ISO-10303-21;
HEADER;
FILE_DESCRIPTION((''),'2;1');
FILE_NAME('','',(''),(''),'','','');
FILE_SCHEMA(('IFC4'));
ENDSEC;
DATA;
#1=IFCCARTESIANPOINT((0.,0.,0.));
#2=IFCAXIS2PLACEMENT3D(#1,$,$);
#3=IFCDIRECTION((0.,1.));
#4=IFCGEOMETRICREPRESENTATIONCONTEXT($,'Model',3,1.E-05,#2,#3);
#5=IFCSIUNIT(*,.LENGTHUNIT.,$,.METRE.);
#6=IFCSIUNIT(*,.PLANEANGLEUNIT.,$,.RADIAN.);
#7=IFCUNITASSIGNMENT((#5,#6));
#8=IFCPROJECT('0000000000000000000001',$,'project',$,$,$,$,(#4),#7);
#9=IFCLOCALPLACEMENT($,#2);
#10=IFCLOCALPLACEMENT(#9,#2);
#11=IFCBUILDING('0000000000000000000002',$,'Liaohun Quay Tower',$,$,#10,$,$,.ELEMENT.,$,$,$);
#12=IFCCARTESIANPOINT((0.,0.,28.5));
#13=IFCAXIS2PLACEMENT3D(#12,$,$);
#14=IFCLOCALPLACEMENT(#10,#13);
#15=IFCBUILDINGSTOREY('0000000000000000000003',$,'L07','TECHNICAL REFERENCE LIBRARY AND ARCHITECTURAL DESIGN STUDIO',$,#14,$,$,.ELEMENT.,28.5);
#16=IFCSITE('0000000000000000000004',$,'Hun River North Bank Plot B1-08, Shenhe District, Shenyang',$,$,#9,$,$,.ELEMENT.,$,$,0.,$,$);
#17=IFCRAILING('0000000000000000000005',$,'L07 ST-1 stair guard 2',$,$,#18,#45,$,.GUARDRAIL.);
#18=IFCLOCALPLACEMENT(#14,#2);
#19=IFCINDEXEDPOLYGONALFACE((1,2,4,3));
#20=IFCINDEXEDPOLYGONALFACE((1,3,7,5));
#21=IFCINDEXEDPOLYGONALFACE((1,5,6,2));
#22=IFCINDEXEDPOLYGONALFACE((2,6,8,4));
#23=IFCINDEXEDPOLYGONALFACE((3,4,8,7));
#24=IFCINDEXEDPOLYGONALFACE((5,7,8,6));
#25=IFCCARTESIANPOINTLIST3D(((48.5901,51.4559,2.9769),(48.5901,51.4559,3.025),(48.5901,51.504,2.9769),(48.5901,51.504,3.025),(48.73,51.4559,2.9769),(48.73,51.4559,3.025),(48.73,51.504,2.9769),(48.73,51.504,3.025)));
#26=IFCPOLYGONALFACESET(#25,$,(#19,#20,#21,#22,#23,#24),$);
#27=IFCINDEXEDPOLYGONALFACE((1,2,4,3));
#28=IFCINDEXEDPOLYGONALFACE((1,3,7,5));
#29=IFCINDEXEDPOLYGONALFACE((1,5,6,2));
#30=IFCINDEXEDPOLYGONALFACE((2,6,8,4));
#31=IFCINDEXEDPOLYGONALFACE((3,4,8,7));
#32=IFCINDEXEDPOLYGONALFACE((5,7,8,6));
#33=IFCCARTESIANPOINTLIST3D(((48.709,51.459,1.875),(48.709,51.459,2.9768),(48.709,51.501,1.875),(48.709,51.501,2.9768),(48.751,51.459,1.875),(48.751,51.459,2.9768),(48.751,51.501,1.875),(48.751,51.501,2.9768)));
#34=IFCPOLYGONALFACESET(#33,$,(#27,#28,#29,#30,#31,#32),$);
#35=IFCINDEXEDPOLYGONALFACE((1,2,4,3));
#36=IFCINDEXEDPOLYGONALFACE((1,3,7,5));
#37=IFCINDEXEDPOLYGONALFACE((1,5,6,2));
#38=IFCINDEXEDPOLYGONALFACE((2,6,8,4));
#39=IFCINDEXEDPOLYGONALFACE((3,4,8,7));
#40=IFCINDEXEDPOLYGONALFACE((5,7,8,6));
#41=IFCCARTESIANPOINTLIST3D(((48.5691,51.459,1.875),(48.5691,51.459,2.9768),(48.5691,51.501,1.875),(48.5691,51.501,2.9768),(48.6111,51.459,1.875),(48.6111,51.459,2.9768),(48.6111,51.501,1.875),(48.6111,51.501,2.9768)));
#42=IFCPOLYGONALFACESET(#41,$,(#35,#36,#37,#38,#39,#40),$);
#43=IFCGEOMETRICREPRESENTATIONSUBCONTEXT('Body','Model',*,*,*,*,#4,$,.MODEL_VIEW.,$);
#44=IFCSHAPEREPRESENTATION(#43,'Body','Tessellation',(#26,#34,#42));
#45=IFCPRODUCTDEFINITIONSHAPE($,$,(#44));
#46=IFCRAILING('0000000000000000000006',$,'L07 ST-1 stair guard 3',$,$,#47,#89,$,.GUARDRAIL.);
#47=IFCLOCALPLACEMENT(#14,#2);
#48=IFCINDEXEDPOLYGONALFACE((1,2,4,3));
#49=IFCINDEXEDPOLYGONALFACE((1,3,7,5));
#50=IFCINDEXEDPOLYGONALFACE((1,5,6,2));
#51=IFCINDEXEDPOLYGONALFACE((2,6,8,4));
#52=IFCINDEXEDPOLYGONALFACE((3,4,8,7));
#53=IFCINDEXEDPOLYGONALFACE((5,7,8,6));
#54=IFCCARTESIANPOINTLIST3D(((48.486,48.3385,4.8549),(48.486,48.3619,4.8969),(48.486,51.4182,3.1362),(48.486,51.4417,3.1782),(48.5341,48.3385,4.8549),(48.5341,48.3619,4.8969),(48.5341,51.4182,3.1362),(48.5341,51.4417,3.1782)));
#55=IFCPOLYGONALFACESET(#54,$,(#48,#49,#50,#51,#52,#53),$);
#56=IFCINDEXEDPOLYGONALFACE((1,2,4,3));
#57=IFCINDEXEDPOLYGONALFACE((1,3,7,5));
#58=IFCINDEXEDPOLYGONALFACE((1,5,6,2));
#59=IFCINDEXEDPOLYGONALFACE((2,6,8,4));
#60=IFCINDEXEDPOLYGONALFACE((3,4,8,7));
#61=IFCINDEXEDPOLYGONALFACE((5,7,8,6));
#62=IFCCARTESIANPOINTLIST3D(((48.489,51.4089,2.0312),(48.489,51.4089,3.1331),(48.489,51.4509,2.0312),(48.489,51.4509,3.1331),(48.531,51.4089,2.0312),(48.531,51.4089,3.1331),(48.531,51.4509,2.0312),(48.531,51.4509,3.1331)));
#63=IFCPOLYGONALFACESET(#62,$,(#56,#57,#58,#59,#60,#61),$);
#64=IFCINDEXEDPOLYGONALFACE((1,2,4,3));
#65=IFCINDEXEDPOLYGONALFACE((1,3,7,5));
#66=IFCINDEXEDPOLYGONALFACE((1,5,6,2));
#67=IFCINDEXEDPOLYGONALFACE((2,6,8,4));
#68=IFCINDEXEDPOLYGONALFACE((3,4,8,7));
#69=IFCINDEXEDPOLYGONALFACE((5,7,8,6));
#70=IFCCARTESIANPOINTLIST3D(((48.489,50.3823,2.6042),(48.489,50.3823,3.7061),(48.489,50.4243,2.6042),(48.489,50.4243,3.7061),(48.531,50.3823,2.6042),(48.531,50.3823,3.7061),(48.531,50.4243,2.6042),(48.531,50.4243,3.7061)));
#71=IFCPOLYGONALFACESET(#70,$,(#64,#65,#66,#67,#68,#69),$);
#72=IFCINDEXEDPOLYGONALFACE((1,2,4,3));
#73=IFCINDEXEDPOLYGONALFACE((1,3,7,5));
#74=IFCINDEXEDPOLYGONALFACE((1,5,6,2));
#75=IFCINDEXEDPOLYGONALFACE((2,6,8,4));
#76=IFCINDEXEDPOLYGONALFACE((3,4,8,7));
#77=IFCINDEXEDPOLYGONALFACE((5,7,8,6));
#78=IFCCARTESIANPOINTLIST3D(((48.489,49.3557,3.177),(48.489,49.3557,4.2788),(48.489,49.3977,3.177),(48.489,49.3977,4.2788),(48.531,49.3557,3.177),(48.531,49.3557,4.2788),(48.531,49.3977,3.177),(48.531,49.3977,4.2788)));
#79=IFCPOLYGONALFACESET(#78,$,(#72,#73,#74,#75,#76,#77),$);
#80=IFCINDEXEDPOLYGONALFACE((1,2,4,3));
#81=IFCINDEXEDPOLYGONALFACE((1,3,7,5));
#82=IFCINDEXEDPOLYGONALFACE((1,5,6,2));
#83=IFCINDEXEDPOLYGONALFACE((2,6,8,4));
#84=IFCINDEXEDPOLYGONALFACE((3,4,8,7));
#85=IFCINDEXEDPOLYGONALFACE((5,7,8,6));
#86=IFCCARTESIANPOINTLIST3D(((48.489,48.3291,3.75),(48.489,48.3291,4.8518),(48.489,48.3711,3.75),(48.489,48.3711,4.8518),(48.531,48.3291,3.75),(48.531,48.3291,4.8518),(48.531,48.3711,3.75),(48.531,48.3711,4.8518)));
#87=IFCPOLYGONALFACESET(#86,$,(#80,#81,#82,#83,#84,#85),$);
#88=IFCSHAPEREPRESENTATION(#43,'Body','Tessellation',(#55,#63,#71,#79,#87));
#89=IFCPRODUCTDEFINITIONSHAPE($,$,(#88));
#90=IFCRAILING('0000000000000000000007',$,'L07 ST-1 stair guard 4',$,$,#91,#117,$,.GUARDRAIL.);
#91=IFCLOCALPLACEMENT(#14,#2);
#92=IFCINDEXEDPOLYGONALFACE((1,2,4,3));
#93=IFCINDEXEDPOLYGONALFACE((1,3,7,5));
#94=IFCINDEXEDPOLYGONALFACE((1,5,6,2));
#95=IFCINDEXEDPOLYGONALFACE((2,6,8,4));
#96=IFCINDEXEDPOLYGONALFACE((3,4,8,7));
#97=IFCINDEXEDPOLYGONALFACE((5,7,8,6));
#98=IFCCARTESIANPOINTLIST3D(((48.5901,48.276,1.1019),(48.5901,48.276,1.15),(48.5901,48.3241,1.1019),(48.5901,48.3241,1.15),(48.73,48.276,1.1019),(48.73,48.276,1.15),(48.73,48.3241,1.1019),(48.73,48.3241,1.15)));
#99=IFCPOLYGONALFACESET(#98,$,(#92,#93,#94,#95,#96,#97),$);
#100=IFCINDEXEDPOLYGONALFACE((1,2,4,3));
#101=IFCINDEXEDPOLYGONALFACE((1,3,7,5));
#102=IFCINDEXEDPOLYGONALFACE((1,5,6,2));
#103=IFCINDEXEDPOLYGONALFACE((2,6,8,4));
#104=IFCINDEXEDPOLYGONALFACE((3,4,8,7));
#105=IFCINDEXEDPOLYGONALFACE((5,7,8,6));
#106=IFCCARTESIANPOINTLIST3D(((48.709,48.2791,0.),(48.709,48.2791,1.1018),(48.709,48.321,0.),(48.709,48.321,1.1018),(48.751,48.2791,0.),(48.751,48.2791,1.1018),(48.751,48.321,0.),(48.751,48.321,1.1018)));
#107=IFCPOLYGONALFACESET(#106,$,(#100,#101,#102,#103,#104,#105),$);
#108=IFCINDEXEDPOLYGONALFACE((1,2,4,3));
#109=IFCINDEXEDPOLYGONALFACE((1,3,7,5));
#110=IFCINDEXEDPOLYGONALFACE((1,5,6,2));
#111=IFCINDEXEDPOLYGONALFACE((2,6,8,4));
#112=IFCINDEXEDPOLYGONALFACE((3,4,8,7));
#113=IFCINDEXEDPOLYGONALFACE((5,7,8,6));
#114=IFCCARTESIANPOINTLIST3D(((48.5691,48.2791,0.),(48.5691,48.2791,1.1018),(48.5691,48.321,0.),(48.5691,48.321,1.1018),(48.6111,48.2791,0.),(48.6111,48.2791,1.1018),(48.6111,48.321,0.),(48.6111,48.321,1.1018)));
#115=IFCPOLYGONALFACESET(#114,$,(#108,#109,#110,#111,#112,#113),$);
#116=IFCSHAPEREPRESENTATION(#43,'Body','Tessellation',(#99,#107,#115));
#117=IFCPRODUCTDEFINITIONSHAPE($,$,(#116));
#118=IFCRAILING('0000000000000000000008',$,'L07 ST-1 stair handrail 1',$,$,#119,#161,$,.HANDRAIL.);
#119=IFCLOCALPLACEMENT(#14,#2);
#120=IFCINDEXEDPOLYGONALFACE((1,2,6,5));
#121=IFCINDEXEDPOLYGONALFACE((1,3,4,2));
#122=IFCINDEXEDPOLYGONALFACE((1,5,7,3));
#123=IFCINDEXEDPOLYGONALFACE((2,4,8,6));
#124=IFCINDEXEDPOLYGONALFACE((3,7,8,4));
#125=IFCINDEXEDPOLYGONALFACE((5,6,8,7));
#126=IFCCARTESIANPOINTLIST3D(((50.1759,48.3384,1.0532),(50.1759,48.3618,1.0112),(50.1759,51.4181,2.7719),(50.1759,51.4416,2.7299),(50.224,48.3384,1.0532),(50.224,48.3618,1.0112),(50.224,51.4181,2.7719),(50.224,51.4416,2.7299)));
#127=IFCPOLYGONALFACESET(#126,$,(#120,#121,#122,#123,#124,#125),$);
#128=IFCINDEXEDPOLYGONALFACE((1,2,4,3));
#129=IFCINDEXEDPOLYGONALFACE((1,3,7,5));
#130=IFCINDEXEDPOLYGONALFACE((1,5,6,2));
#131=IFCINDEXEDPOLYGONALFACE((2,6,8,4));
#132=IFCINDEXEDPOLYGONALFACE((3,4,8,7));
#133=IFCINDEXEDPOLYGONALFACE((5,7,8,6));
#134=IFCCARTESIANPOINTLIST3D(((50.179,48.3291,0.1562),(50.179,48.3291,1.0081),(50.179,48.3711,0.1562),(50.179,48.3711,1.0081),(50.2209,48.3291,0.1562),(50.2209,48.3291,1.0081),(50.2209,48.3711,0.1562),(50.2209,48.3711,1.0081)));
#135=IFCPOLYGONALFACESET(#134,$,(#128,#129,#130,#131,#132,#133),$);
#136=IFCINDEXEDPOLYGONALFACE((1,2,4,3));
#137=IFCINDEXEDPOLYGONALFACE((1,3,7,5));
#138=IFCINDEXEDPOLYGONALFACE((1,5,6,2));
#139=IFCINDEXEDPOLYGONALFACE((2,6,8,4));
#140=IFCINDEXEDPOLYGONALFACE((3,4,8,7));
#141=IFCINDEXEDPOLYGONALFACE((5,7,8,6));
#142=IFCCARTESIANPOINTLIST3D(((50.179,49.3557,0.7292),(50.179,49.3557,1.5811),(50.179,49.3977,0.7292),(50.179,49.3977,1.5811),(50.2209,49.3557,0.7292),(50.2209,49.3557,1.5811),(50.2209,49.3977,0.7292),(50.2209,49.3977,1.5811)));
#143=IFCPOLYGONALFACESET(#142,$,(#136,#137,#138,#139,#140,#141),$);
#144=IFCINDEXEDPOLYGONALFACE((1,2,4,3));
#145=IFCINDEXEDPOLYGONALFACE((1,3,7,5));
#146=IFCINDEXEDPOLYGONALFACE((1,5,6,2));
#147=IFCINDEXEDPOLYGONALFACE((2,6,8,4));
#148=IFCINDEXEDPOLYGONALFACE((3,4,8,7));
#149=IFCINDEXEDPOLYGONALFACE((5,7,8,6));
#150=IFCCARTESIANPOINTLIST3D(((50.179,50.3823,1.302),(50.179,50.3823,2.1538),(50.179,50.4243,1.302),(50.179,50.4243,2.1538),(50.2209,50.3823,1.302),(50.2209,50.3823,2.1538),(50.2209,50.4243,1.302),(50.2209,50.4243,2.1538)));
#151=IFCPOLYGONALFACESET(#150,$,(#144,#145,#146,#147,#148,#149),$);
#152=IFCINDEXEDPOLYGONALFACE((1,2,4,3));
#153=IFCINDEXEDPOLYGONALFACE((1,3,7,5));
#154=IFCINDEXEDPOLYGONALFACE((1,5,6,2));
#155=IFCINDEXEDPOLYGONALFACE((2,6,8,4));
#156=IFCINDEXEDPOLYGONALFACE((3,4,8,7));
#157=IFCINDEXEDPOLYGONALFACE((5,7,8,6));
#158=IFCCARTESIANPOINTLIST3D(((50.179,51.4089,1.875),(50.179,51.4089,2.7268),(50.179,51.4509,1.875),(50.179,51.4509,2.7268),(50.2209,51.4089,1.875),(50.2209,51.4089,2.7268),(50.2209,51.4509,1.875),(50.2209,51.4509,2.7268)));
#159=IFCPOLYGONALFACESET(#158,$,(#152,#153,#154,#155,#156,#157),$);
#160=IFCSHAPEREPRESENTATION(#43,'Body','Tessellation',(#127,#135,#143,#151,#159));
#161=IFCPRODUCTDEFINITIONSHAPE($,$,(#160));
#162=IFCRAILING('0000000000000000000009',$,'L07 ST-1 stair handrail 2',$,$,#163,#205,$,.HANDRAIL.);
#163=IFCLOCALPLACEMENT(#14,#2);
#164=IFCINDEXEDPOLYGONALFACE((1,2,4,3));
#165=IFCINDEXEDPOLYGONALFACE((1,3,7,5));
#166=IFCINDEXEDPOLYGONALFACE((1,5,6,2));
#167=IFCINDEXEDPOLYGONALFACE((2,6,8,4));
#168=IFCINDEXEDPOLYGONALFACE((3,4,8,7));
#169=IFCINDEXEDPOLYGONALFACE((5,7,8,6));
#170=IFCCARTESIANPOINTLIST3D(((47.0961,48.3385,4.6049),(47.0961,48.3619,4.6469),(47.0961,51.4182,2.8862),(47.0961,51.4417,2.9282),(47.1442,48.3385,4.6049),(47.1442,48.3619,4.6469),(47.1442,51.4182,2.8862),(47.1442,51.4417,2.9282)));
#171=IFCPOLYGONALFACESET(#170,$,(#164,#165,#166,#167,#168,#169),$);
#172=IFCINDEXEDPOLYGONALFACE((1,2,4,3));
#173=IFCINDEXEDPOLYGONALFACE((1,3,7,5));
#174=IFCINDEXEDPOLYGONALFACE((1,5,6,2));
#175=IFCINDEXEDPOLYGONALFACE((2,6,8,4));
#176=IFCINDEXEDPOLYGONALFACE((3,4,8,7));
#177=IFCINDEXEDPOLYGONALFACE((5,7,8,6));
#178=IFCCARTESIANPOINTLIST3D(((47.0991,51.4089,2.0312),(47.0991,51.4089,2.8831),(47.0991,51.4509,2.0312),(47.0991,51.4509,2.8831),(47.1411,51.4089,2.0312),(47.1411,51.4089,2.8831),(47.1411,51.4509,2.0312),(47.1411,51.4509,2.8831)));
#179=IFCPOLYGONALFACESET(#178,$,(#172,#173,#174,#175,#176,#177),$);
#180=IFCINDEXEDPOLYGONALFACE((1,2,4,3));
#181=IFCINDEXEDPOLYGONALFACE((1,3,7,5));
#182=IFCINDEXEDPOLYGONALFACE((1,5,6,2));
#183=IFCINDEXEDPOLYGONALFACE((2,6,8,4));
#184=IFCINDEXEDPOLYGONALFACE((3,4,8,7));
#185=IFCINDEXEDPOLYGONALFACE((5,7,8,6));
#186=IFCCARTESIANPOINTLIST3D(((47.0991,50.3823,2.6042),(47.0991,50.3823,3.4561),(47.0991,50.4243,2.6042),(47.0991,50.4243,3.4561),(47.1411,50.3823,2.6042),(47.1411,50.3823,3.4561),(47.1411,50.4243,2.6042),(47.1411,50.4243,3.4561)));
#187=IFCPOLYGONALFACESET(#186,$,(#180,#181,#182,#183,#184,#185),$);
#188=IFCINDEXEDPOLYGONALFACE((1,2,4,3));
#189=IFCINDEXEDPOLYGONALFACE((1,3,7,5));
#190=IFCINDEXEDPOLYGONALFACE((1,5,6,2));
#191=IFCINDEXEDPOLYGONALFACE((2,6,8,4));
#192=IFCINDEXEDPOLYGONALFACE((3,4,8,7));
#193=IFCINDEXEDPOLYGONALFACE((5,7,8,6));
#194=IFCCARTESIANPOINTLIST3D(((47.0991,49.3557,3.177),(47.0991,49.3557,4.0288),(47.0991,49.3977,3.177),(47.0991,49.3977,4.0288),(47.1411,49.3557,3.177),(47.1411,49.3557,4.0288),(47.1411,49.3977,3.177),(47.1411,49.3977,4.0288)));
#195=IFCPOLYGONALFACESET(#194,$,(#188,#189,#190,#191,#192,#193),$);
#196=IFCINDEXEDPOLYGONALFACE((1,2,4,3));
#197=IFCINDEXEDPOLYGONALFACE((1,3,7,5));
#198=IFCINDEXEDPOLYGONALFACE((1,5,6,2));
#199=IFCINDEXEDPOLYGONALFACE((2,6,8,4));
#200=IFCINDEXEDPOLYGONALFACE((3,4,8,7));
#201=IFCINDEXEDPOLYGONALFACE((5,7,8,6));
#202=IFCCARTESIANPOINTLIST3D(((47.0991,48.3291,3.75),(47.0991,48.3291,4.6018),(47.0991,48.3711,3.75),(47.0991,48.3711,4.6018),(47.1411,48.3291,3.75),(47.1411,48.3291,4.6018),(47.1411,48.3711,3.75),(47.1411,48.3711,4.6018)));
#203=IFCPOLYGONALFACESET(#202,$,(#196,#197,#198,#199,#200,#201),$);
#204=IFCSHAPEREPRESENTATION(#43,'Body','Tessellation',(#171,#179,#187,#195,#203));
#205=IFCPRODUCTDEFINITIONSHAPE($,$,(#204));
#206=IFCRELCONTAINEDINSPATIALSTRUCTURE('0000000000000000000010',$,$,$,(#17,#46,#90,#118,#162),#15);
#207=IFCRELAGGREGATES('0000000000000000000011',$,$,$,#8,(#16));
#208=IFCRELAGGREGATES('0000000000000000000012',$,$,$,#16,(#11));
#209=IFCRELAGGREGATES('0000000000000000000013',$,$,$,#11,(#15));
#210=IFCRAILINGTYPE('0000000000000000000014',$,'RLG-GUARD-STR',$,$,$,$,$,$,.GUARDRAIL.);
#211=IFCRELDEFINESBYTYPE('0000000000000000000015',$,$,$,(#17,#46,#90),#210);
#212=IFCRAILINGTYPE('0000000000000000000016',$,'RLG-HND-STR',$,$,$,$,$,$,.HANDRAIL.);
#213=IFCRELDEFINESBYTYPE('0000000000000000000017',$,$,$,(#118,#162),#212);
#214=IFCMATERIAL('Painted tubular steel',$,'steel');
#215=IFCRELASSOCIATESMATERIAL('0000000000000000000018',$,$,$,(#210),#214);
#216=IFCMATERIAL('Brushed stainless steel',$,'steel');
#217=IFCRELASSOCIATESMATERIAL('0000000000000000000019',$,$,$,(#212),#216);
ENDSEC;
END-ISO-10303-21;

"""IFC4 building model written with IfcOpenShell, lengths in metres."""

from ifc_helpers import new_model, si_unit, direction, frame, origin, origin_2d, place, context, subcontext, project, spatial, rectangle, extrude, material, type_object, element, save


model = new_model("IFC4")

# Units and contexts
model_context = context("Model", 3, precision=1e-05, world=origin(), true_north=direction((0.0, 1.0)))
body_context = subcontext(model_context, "Body", "Model", "MODEL_VIEW")
ifc_project = project(units=[si_unit("LENGTHUNIT", "METRE"), si_unit("PLANEANGLEUNIT", "RADIAN")], contexts=[model_context])

# Site, building, storey
site_placement = place(None, origin())
site = spatial("IfcSite", under=ifc_project, at=site_placement, Name="Hun River North Bank Plot B1-08, Shenhe District, Shenyang", CompositionType="ELEMENT", RefElevation=0.0)
building_placement = place(site_placement, origin())
building = spatial("IfcBuilding", under=site, at=building_placement, Name="Liaohun Quay Tower", CompositionType="ELEMENT")
storey_placement = place(building_placement, frame((0.0, 0.0, 28.5)))
storey = spatial("IfcBuildingStorey", under=building, at=storey_placement, Name="L07", Description="TECHNICAL REFERENCE LIBRARY AND ARCHITECTURAL DESIGN STUDIO", CompositionType="ELEMENT", Elevation=28.5)

# Railings
ifc_material_1 = material(Name="Painted tubular steel", Category="steel")
railing_type_1 = type_object("IfcRailingType", Name="RLG-GUARD-STR", PredefinedType="GUARDRAIL", material=ifc_material_1)
railing_1_placement = place(storey_placement, frame((48.73, 51.48, 1.875)))
element("IfcRailing", 1, at=railing_1_placement, inside=storey, type_object=railing_type_1, Name="L07 ST-1 stair guard 2", PredefinedType="GUARDRAIL", context=body_context, shape_type="SweptSolid", body=[
    extrude(rectangle(XDim=0.0481, YDim=0.0481, at=origin_2d()), frame((0.0, 0.0, 1.126), z_axis=(-1.0, 0.0, 0.0), x_axis=(0.0, -1.0, 0.0)), (0.0, 0.0, 1.0), 0.1399),
    extrude(rectangle(XDim=0.042, YDim=0.042, at=origin_2d()), origin(), (0.0, 0.0, 1.0), 1.1018),
    extrude(rectangle(XDim=0.042, YDim=0.042, at=origin_2d()), frame((-0.1399, 0.0, 0.0)), (0.0, 0.0, 1.0), 1.1018),
])
railing_2_placement = place(storey_placement, frame((48.51, 51.4299, 2.0312)))
element("IfcRailing", 2, at=railing_2_placement, inside=storey, type_object=railing_type_1, Name="L07 ST-1 stair guard 3", PredefinedType="GUARDRAIL", context=body_context, shape_type="SweptSolid", body=[
    extrude(rectangle(XDim=0.0481, YDim=0.0481, at=origin_2d()), frame((0.0, 0.0, 1.126), z_axis=(0.0, -0.873225, 0.487317), x_axis=(1.0, 0.0, 0.0)), (0.0, 0.0, 1.0), 3.5269),
    extrude(rectangle(XDim=0.042, YDim=0.042, at=origin_2d()), origin(), (0.0, 0.0, 1.0), 1.1018),
    extrude(rectangle(XDim=0.042, YDim=0.042, at=origin_2d()), frame((0.0, -1.0266, 0.573)), (0.0, 0.0, 1.0), 1.1018),
    extrude(rectangle(XDim=0.042, YDim=0.042, at=origin_2d()), frame((0.0, -2.0532, 1.1458)), (0.0, 0.0, 1.0), 1.1018),
    extrude(rectangle(XDim=0.042, YDim=0.042, at=origin_2d()), frame((0.0, -3.0798, 1.7188)), (0.0, 0.0, 1.0), 1.1018),
])
railing_3_placement = place(storey_placement, frame((48.73, 48.3, 0.0)))
element("IfcRailing", 3, at=railing_3_placement, inside=storey, type_object=railing_type_1, Name="L07 ST-1 stair guard 4", PredefinedType="GUARDRAIL", context=body_context, shape_type="SweptSolid", body=[
    extrude(rectangle(XDim=0.0481, YDim=0.0481, at=origin_2d()), frame((0.0, 0.0, 1.126), z_axis=(-1.0, 0.0, 0.0), x_axis=(0.0, -1.0, 0.0)), (0.0, 0.0, 1.0), 0.1399),
    extrude(rectangle(XDim=0.042, YDim=0.042, at=origin_2d()), origin(), (0.0, 0.0, 1.0), 1.1018),
    extrude(rectangle(XDim=0.042, YDim=0.042, at=origin_2d()), frame((-0.1399, 0.0, 0.0)), (0.0, 0.0, 1.0), 1.1018),
])
ifc_material_2 = material(Name="Brushed stainless steel", Category="steel")
railing_type_2 = type_object("IfcRailingType", Name="RLG-HND-STR", PredefinedType="HANDRAIL", material=ifc_material_2)
railing_4_placement = place(storey_placement, frame((50.2, 48.3501, 0.1562)))
element("IfcRailing", 4, at=railing_4_placement, inside=storey, type_object=railing_type_2, Name="L07 ST-1 stair handrail 1", PredefinedType="HANDRAIL", context=body_context, shape_type="SweptSolid", body=[
    extrude(rectangle(XDim=0.0481, YDim=0.0481, at=origin_2d()), frame((0.0, 0.0, 0.876), z_axis=(0.0, 0.873225, 0.487317), x_axis=(-1.0, 0.0, 0.0)), (0.0, 0.0, 1.0), 3.5269),
    extrude(rectangle(XDim=0.042, YDim=0.042, at=origin_2d()), origin(), (0.0, 0.0, 1.0), 0.8518),
    extrude(rectangle(XDim=0.042, YDim=0.042, at=origin_2d()), frame((0.0, 1.0266, 0.573)), (0.0, 0.0, 1.0), 0.8518),
    extrude(rectangle(XDim=0.042, YDim=0.042, at=origin_2d()), frame((0.0, 2.0532, 1.1458)), (0.0, 0.0, 1.0), 0.8518),
    extrude(rectangle(XDim=0.042, YDim=0.042, at=origin_2d()), frame((0.0, 3.0798, 1.7188)), (0.0, 0.0, 1.0), 0.8518),
])
railing_5_placement = place(storey_placement, frame((47.1201, 51.4299, 2.0312)))
element("IfcRailing", 5, at=railing_5_placement, inside=storey, type_object=railing_type_2, Name="L07 ST-1 stair handrail 2", PredefinedType="HANDRAIL", context=body_context, shape_type="SweptSolid", body=[
    extrude(rectangle(XDim=0.0481, YDim=0.0481, at=origin_2d()), frame((0.0, 0.0, 0.876), z_axis=(0.0, -0.873225, 0.487317), x_axis=(1.0, 0.0, 0.0)), (0.0, 0.0, 1.0), 3.5269),
    extrude(rectangle(XDim=0.042, YDim=0.042, at=origin_2d()), origin(), (0.0, 0.0, 1.0), 0.8518),
    extrude(rectangle(XDim=0.042, YDim=0.042, at=origin_2d()), frame((0.0, -1.0266, 0.573)), (0.0, 0.0, 1.0), 0.8518),
    extrude(rectangle(XDim=0.042, YDim=0.042, at=origin_2d()), frame((0.0, -2.0532, 1.1458)), (0.0, 0.0, 1.0), 0.8518),
    extrude(rectangle(XDim=0.042, YDim=0.042, at=origin_2d()), frame((0.0, -3.0798, 1.7188)), (0.0, 0.0, 1.0), 0.8518),
])

save(model, "model.ifc")
